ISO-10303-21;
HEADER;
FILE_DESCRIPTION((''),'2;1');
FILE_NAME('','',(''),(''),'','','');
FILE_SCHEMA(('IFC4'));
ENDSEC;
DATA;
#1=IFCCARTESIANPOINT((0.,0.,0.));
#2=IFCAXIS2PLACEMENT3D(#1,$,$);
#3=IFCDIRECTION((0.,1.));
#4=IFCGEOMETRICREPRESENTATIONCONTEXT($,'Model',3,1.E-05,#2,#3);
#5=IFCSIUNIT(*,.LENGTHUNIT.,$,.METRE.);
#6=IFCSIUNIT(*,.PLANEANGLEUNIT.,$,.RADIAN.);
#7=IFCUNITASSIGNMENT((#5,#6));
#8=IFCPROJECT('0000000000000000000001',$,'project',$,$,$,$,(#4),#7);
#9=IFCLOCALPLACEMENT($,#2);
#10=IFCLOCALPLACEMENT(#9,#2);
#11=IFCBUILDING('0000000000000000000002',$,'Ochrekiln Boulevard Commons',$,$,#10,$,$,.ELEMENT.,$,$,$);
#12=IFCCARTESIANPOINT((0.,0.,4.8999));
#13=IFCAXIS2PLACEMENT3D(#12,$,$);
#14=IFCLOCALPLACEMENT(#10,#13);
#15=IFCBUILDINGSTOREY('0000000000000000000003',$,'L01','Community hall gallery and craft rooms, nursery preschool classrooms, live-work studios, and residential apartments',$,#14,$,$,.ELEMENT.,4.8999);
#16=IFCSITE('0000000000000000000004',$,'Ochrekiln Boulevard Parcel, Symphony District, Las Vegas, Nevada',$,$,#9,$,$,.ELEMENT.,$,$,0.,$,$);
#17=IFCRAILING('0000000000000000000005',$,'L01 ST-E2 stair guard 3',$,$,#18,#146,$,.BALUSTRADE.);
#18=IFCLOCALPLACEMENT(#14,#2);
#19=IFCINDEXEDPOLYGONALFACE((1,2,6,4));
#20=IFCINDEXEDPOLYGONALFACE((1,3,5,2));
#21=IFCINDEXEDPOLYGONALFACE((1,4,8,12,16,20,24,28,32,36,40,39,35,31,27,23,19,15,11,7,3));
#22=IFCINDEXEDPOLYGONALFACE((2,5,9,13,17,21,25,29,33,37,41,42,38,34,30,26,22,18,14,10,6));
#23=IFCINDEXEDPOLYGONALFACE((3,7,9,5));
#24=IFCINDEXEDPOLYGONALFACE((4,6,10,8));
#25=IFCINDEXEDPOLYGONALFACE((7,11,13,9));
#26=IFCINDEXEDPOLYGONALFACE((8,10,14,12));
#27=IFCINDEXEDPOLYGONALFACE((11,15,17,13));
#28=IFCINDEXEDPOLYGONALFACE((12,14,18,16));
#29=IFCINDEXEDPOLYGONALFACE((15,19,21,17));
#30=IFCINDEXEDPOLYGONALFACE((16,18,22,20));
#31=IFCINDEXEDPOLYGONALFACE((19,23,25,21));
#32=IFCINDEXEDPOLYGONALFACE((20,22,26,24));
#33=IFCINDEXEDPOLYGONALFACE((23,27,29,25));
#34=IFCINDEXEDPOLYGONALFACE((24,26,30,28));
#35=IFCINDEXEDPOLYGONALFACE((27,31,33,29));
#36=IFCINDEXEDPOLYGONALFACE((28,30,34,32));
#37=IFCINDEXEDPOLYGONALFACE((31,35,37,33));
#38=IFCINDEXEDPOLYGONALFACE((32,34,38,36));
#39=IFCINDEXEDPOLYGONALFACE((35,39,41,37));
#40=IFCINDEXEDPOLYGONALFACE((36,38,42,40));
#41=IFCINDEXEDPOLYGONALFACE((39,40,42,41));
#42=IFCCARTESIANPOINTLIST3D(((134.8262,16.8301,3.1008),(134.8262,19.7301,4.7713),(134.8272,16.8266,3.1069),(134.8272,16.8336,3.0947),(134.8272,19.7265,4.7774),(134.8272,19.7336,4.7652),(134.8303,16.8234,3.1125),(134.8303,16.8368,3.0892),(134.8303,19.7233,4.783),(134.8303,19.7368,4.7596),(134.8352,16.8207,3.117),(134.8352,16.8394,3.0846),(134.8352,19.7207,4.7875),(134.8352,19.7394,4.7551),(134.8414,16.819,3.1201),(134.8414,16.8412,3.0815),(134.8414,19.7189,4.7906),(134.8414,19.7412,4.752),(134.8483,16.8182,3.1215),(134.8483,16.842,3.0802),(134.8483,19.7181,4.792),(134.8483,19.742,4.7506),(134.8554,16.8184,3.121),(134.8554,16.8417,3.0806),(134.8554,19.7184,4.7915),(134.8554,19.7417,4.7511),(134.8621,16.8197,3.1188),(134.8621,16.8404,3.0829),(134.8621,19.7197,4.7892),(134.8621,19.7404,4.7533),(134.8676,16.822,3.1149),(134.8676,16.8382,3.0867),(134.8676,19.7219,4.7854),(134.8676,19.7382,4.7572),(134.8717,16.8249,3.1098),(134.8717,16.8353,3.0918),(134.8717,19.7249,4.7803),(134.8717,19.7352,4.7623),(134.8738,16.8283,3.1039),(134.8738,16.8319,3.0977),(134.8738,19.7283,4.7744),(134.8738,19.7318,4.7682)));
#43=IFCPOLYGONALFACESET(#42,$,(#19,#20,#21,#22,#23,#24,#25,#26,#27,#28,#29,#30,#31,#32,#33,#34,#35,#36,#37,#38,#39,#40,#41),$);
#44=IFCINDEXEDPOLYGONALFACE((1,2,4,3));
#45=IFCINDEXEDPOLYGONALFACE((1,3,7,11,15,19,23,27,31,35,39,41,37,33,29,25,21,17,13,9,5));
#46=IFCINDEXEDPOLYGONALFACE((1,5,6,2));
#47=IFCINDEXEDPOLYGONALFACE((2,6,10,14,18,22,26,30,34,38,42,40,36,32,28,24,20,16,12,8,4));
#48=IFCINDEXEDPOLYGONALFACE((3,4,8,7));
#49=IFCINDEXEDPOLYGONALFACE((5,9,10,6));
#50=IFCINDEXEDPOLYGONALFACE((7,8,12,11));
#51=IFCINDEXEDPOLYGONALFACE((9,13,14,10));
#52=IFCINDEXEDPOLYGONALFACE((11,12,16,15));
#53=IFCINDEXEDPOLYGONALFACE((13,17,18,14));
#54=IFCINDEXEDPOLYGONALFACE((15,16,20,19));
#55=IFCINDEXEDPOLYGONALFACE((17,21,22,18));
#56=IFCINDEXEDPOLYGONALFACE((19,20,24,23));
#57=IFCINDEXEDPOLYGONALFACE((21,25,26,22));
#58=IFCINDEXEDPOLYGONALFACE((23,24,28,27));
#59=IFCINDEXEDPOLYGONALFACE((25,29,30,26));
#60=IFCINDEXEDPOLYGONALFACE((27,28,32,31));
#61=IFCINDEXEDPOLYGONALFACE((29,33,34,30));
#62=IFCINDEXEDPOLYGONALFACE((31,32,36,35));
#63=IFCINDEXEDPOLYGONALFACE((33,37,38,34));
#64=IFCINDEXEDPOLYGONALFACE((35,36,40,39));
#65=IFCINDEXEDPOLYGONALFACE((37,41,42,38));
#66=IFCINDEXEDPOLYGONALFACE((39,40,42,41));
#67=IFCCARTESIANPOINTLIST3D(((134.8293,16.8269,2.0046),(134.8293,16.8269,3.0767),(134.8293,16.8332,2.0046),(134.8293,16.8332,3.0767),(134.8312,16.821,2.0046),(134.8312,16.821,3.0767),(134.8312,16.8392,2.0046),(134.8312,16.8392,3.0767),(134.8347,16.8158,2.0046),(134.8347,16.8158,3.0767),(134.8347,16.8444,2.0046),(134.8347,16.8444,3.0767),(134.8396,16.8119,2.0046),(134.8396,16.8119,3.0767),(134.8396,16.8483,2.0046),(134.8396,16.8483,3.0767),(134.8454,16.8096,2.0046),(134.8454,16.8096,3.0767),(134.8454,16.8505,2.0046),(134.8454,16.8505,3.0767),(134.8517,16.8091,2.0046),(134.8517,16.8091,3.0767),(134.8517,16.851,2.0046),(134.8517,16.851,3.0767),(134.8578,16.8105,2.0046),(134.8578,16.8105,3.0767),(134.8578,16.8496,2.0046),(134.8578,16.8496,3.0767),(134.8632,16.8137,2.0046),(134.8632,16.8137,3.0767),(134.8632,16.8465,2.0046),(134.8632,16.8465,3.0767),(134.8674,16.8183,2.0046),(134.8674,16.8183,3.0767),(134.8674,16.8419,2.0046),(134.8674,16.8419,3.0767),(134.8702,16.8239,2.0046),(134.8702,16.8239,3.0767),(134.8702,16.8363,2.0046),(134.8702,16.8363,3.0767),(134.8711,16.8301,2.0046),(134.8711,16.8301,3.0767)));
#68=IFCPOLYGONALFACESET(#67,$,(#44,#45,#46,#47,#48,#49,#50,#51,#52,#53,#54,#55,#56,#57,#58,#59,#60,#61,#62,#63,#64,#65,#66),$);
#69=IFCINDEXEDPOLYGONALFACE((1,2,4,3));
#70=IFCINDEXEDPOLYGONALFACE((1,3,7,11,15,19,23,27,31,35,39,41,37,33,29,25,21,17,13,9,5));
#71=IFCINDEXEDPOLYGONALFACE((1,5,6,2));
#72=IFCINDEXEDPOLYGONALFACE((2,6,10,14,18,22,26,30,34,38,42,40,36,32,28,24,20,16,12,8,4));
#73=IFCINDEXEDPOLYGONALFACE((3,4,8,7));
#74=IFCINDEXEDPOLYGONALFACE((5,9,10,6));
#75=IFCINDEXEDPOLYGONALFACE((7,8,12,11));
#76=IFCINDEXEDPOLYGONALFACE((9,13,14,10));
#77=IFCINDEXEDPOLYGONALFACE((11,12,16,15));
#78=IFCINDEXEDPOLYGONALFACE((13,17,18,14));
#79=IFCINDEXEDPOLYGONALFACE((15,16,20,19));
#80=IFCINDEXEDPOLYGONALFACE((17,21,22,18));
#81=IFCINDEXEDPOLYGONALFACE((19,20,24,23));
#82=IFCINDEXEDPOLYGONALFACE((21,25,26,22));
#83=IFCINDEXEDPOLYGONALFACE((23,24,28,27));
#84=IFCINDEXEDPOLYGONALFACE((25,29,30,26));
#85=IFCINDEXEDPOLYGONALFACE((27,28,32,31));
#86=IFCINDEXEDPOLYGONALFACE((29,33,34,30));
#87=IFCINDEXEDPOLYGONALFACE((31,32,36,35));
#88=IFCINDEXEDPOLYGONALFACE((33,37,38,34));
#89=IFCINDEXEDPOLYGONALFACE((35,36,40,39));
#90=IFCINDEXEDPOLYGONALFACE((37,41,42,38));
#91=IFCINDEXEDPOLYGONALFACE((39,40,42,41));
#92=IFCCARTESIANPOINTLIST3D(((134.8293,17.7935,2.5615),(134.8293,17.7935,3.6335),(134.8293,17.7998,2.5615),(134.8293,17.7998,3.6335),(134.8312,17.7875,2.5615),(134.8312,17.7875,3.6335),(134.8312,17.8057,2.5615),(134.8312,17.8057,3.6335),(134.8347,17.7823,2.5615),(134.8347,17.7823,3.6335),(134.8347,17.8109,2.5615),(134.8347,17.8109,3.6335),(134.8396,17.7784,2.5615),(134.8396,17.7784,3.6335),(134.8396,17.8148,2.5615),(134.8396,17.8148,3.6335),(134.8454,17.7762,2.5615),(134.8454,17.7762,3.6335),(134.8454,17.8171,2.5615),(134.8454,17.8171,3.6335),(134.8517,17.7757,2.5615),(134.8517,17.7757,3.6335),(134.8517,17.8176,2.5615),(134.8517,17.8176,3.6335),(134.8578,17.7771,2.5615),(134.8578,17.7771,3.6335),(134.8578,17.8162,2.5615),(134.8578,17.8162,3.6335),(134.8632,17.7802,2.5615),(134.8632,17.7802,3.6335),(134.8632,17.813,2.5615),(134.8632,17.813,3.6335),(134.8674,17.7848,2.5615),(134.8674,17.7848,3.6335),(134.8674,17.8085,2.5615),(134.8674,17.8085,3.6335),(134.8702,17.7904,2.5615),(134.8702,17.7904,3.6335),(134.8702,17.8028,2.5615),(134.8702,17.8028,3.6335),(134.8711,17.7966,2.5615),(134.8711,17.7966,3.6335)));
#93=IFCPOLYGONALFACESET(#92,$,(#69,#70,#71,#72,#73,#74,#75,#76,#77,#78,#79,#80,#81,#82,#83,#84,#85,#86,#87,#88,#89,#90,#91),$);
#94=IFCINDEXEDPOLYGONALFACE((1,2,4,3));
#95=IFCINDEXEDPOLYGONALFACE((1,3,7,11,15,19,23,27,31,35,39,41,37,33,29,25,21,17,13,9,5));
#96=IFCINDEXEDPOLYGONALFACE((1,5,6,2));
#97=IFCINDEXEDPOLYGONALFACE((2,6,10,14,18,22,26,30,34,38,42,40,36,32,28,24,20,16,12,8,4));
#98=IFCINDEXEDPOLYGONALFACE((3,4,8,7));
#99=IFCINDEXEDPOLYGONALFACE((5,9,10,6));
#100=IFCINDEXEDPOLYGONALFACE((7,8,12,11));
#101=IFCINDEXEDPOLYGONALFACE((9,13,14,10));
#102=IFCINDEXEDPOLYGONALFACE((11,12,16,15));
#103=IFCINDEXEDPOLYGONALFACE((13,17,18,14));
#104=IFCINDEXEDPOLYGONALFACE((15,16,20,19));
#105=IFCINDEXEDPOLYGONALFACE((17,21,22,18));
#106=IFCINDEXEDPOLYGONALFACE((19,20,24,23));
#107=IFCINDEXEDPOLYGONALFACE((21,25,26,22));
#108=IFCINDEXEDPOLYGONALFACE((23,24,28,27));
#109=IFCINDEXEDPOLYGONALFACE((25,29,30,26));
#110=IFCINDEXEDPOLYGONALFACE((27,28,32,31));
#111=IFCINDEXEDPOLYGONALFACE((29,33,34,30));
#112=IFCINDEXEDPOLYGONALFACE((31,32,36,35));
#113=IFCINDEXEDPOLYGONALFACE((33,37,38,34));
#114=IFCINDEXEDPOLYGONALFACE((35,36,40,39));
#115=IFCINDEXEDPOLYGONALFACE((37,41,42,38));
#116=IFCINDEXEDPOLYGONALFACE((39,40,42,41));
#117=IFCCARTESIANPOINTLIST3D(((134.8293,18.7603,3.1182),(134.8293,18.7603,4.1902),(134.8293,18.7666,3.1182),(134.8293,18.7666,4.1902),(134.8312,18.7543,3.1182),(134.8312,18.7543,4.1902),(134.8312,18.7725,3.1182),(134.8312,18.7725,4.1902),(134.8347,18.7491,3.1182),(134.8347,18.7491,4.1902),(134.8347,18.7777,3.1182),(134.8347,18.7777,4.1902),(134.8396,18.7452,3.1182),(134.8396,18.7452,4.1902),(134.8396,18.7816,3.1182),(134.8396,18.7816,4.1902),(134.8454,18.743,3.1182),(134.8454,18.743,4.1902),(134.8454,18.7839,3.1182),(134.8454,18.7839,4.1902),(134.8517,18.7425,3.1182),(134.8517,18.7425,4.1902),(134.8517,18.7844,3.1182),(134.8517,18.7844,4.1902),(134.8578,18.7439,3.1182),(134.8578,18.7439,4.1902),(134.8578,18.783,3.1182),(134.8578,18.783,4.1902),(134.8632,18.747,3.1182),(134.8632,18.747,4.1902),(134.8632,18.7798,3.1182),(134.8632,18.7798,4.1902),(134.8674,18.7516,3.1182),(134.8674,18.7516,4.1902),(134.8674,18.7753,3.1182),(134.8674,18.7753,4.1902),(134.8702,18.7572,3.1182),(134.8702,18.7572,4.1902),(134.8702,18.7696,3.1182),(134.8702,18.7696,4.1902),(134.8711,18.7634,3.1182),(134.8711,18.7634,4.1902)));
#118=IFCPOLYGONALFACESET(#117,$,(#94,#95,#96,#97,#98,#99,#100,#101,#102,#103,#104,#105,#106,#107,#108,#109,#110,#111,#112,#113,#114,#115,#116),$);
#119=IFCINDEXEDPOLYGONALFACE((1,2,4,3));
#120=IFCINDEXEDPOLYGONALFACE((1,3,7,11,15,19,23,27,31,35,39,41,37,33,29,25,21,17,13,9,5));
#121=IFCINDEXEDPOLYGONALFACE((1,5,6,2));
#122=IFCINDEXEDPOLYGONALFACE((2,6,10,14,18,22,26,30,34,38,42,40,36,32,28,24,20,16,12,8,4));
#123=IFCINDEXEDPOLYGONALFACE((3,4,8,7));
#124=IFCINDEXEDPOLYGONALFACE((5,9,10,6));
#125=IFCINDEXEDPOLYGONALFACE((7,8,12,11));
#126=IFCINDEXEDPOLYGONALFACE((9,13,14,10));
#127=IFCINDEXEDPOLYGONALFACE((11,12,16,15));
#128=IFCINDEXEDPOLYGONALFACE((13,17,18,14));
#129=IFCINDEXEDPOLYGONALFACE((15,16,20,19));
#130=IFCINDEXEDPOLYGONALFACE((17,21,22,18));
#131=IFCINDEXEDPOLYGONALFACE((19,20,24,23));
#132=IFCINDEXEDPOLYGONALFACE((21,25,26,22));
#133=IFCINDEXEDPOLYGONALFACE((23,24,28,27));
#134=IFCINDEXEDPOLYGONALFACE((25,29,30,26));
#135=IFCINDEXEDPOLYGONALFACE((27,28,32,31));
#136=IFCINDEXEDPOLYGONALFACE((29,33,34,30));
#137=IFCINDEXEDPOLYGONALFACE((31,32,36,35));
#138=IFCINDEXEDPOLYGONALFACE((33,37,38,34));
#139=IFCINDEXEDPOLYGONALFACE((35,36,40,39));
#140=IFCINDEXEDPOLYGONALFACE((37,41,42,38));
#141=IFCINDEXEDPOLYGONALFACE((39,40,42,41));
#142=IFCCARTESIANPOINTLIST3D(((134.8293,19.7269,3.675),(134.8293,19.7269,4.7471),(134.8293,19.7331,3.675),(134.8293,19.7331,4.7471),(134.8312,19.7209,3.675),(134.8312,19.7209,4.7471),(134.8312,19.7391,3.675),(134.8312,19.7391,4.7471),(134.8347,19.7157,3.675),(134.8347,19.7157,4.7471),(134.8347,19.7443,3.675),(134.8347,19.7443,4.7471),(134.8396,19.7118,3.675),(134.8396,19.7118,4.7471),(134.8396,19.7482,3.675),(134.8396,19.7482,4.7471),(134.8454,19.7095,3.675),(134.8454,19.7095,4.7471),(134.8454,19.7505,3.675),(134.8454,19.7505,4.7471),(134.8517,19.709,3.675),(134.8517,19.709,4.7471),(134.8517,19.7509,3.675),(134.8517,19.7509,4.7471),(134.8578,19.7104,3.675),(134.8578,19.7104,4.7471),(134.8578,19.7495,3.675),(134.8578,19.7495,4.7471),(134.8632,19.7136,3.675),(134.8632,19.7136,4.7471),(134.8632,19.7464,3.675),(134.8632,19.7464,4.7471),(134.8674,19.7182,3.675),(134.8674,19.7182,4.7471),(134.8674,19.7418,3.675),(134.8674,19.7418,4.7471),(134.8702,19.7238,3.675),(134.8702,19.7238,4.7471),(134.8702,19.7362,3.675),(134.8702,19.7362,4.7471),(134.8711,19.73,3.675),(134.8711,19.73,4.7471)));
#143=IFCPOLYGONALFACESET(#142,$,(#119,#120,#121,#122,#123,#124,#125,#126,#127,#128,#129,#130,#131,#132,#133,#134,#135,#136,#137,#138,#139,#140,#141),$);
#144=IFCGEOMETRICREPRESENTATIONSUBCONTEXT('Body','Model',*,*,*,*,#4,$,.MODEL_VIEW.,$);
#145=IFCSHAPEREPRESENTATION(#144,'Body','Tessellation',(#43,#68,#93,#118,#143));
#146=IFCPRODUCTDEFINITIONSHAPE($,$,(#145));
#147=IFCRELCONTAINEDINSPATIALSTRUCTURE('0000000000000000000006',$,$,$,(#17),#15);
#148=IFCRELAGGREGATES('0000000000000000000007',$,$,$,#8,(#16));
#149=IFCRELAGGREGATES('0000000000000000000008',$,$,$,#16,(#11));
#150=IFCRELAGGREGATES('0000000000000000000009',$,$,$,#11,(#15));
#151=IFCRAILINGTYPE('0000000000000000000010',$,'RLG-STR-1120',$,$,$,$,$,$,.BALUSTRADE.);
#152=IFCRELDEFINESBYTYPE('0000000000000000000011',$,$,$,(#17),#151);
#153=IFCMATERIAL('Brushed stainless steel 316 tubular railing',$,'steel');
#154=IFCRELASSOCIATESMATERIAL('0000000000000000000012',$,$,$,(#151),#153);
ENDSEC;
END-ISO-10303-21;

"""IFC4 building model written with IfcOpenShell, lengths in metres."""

from ifc_helpers import new_model, si_unit, direction, frame, origin, origin_2d, place, context, subcontext, project, spatial, circle, extrude, material, type_object, element, save


model = new_model("IFC4")

# Units and contexts
model_context = context("Model", 3, precision=1e-05, world=origin(), true_north=direction((0.0, 1.0)))
body_context = subcontext(model_context, "Body", "Model", "MODEL_VIEW")
ifc_project = project(units=[si_unit("LENGTHUNIT", "METRE"), si_unit("PLANEANGLEUNIT", "RADIAN")], contexts=[model_context])

# Site, building, storey
site_placement = place(None, origin())
site = spatial("IfcSite", under=ifc_project, at=site_placement, Name="Ochrekiln Boulevard Parcel, Symphony District, Las Vegas, Nevada", CompositionType="ELEMENT", RefElevation=0.0)
building_placement = place(site_placement, origin())
building = spatial("IfcBuilding", under=site, at=building_placement, Name="Ochrekiln Boulevard Commons", CompositionType="ELEMENT")
storey_placement = place(building_placement, frame((0.0, 0.0, 4.8999)))
storey = spatial("IfcBuildingStorey", under=building, at=storey_placement, Name="L01", Description="Community hall gallery and craft rooms, nursery preschool classrooms, live-work studios, and residential apartments", CompositionType="ELEMENT", Elevation=4.8999)

# Railing
ifc_material_1 = material(Name="Brushed stainless steel 316 tubular railing", Category="steel")
railing_type_1 = type_object("IfcRailingType", Name="RLG-STR-1120", PredefinedType="BALUSTRADE", material=ifc_material_1)
railing_1_placement = place(storey_placement, frame((134.8501, 16.8301, 2.0046)))
element("IfcRailing", 1, at=railing_1_placement, inside=storey, type_object=railing_type_1, Name="L01 ST-E2 stair guard 3", PredefinedType="BALUSTRADE", context=body_context, shape_type="SweptSolid", body=[
    extrude(circle(Radius=0.0239, at=origin_2d()), frame((0.0, 0.0, 1.0962), z_axis=(0.0, 0.866523, 0.499137), x_axis=(-1.0, 0.0, 0.0)), (0.0, 0.0, 1.0), 3.3467),
    extrude(circle(Radius=0.021, at=origin_2d()), origin(), (0.0, 0.0, 1.0), 1.072),
    extrude(circle(Radius=0.021, at=origin_2d()), frame((0.0, 0.9666, 0.5569)), (0.0, 0.0, 1.0), 1.072),
    extrude(circle(Radius=0.021, at=origin_2d()), frame((0.0, 1.9333, 1.1135)), (0.0, 0.0, 1.0), 1.072),
    extrude(circle(Radius=0.021, at=origin_2d()), frame((0.0, 2.8999, 1.6704)), (0.0, 0.0, 1.0), 1.072),
])

save(model, "model.ifc")
